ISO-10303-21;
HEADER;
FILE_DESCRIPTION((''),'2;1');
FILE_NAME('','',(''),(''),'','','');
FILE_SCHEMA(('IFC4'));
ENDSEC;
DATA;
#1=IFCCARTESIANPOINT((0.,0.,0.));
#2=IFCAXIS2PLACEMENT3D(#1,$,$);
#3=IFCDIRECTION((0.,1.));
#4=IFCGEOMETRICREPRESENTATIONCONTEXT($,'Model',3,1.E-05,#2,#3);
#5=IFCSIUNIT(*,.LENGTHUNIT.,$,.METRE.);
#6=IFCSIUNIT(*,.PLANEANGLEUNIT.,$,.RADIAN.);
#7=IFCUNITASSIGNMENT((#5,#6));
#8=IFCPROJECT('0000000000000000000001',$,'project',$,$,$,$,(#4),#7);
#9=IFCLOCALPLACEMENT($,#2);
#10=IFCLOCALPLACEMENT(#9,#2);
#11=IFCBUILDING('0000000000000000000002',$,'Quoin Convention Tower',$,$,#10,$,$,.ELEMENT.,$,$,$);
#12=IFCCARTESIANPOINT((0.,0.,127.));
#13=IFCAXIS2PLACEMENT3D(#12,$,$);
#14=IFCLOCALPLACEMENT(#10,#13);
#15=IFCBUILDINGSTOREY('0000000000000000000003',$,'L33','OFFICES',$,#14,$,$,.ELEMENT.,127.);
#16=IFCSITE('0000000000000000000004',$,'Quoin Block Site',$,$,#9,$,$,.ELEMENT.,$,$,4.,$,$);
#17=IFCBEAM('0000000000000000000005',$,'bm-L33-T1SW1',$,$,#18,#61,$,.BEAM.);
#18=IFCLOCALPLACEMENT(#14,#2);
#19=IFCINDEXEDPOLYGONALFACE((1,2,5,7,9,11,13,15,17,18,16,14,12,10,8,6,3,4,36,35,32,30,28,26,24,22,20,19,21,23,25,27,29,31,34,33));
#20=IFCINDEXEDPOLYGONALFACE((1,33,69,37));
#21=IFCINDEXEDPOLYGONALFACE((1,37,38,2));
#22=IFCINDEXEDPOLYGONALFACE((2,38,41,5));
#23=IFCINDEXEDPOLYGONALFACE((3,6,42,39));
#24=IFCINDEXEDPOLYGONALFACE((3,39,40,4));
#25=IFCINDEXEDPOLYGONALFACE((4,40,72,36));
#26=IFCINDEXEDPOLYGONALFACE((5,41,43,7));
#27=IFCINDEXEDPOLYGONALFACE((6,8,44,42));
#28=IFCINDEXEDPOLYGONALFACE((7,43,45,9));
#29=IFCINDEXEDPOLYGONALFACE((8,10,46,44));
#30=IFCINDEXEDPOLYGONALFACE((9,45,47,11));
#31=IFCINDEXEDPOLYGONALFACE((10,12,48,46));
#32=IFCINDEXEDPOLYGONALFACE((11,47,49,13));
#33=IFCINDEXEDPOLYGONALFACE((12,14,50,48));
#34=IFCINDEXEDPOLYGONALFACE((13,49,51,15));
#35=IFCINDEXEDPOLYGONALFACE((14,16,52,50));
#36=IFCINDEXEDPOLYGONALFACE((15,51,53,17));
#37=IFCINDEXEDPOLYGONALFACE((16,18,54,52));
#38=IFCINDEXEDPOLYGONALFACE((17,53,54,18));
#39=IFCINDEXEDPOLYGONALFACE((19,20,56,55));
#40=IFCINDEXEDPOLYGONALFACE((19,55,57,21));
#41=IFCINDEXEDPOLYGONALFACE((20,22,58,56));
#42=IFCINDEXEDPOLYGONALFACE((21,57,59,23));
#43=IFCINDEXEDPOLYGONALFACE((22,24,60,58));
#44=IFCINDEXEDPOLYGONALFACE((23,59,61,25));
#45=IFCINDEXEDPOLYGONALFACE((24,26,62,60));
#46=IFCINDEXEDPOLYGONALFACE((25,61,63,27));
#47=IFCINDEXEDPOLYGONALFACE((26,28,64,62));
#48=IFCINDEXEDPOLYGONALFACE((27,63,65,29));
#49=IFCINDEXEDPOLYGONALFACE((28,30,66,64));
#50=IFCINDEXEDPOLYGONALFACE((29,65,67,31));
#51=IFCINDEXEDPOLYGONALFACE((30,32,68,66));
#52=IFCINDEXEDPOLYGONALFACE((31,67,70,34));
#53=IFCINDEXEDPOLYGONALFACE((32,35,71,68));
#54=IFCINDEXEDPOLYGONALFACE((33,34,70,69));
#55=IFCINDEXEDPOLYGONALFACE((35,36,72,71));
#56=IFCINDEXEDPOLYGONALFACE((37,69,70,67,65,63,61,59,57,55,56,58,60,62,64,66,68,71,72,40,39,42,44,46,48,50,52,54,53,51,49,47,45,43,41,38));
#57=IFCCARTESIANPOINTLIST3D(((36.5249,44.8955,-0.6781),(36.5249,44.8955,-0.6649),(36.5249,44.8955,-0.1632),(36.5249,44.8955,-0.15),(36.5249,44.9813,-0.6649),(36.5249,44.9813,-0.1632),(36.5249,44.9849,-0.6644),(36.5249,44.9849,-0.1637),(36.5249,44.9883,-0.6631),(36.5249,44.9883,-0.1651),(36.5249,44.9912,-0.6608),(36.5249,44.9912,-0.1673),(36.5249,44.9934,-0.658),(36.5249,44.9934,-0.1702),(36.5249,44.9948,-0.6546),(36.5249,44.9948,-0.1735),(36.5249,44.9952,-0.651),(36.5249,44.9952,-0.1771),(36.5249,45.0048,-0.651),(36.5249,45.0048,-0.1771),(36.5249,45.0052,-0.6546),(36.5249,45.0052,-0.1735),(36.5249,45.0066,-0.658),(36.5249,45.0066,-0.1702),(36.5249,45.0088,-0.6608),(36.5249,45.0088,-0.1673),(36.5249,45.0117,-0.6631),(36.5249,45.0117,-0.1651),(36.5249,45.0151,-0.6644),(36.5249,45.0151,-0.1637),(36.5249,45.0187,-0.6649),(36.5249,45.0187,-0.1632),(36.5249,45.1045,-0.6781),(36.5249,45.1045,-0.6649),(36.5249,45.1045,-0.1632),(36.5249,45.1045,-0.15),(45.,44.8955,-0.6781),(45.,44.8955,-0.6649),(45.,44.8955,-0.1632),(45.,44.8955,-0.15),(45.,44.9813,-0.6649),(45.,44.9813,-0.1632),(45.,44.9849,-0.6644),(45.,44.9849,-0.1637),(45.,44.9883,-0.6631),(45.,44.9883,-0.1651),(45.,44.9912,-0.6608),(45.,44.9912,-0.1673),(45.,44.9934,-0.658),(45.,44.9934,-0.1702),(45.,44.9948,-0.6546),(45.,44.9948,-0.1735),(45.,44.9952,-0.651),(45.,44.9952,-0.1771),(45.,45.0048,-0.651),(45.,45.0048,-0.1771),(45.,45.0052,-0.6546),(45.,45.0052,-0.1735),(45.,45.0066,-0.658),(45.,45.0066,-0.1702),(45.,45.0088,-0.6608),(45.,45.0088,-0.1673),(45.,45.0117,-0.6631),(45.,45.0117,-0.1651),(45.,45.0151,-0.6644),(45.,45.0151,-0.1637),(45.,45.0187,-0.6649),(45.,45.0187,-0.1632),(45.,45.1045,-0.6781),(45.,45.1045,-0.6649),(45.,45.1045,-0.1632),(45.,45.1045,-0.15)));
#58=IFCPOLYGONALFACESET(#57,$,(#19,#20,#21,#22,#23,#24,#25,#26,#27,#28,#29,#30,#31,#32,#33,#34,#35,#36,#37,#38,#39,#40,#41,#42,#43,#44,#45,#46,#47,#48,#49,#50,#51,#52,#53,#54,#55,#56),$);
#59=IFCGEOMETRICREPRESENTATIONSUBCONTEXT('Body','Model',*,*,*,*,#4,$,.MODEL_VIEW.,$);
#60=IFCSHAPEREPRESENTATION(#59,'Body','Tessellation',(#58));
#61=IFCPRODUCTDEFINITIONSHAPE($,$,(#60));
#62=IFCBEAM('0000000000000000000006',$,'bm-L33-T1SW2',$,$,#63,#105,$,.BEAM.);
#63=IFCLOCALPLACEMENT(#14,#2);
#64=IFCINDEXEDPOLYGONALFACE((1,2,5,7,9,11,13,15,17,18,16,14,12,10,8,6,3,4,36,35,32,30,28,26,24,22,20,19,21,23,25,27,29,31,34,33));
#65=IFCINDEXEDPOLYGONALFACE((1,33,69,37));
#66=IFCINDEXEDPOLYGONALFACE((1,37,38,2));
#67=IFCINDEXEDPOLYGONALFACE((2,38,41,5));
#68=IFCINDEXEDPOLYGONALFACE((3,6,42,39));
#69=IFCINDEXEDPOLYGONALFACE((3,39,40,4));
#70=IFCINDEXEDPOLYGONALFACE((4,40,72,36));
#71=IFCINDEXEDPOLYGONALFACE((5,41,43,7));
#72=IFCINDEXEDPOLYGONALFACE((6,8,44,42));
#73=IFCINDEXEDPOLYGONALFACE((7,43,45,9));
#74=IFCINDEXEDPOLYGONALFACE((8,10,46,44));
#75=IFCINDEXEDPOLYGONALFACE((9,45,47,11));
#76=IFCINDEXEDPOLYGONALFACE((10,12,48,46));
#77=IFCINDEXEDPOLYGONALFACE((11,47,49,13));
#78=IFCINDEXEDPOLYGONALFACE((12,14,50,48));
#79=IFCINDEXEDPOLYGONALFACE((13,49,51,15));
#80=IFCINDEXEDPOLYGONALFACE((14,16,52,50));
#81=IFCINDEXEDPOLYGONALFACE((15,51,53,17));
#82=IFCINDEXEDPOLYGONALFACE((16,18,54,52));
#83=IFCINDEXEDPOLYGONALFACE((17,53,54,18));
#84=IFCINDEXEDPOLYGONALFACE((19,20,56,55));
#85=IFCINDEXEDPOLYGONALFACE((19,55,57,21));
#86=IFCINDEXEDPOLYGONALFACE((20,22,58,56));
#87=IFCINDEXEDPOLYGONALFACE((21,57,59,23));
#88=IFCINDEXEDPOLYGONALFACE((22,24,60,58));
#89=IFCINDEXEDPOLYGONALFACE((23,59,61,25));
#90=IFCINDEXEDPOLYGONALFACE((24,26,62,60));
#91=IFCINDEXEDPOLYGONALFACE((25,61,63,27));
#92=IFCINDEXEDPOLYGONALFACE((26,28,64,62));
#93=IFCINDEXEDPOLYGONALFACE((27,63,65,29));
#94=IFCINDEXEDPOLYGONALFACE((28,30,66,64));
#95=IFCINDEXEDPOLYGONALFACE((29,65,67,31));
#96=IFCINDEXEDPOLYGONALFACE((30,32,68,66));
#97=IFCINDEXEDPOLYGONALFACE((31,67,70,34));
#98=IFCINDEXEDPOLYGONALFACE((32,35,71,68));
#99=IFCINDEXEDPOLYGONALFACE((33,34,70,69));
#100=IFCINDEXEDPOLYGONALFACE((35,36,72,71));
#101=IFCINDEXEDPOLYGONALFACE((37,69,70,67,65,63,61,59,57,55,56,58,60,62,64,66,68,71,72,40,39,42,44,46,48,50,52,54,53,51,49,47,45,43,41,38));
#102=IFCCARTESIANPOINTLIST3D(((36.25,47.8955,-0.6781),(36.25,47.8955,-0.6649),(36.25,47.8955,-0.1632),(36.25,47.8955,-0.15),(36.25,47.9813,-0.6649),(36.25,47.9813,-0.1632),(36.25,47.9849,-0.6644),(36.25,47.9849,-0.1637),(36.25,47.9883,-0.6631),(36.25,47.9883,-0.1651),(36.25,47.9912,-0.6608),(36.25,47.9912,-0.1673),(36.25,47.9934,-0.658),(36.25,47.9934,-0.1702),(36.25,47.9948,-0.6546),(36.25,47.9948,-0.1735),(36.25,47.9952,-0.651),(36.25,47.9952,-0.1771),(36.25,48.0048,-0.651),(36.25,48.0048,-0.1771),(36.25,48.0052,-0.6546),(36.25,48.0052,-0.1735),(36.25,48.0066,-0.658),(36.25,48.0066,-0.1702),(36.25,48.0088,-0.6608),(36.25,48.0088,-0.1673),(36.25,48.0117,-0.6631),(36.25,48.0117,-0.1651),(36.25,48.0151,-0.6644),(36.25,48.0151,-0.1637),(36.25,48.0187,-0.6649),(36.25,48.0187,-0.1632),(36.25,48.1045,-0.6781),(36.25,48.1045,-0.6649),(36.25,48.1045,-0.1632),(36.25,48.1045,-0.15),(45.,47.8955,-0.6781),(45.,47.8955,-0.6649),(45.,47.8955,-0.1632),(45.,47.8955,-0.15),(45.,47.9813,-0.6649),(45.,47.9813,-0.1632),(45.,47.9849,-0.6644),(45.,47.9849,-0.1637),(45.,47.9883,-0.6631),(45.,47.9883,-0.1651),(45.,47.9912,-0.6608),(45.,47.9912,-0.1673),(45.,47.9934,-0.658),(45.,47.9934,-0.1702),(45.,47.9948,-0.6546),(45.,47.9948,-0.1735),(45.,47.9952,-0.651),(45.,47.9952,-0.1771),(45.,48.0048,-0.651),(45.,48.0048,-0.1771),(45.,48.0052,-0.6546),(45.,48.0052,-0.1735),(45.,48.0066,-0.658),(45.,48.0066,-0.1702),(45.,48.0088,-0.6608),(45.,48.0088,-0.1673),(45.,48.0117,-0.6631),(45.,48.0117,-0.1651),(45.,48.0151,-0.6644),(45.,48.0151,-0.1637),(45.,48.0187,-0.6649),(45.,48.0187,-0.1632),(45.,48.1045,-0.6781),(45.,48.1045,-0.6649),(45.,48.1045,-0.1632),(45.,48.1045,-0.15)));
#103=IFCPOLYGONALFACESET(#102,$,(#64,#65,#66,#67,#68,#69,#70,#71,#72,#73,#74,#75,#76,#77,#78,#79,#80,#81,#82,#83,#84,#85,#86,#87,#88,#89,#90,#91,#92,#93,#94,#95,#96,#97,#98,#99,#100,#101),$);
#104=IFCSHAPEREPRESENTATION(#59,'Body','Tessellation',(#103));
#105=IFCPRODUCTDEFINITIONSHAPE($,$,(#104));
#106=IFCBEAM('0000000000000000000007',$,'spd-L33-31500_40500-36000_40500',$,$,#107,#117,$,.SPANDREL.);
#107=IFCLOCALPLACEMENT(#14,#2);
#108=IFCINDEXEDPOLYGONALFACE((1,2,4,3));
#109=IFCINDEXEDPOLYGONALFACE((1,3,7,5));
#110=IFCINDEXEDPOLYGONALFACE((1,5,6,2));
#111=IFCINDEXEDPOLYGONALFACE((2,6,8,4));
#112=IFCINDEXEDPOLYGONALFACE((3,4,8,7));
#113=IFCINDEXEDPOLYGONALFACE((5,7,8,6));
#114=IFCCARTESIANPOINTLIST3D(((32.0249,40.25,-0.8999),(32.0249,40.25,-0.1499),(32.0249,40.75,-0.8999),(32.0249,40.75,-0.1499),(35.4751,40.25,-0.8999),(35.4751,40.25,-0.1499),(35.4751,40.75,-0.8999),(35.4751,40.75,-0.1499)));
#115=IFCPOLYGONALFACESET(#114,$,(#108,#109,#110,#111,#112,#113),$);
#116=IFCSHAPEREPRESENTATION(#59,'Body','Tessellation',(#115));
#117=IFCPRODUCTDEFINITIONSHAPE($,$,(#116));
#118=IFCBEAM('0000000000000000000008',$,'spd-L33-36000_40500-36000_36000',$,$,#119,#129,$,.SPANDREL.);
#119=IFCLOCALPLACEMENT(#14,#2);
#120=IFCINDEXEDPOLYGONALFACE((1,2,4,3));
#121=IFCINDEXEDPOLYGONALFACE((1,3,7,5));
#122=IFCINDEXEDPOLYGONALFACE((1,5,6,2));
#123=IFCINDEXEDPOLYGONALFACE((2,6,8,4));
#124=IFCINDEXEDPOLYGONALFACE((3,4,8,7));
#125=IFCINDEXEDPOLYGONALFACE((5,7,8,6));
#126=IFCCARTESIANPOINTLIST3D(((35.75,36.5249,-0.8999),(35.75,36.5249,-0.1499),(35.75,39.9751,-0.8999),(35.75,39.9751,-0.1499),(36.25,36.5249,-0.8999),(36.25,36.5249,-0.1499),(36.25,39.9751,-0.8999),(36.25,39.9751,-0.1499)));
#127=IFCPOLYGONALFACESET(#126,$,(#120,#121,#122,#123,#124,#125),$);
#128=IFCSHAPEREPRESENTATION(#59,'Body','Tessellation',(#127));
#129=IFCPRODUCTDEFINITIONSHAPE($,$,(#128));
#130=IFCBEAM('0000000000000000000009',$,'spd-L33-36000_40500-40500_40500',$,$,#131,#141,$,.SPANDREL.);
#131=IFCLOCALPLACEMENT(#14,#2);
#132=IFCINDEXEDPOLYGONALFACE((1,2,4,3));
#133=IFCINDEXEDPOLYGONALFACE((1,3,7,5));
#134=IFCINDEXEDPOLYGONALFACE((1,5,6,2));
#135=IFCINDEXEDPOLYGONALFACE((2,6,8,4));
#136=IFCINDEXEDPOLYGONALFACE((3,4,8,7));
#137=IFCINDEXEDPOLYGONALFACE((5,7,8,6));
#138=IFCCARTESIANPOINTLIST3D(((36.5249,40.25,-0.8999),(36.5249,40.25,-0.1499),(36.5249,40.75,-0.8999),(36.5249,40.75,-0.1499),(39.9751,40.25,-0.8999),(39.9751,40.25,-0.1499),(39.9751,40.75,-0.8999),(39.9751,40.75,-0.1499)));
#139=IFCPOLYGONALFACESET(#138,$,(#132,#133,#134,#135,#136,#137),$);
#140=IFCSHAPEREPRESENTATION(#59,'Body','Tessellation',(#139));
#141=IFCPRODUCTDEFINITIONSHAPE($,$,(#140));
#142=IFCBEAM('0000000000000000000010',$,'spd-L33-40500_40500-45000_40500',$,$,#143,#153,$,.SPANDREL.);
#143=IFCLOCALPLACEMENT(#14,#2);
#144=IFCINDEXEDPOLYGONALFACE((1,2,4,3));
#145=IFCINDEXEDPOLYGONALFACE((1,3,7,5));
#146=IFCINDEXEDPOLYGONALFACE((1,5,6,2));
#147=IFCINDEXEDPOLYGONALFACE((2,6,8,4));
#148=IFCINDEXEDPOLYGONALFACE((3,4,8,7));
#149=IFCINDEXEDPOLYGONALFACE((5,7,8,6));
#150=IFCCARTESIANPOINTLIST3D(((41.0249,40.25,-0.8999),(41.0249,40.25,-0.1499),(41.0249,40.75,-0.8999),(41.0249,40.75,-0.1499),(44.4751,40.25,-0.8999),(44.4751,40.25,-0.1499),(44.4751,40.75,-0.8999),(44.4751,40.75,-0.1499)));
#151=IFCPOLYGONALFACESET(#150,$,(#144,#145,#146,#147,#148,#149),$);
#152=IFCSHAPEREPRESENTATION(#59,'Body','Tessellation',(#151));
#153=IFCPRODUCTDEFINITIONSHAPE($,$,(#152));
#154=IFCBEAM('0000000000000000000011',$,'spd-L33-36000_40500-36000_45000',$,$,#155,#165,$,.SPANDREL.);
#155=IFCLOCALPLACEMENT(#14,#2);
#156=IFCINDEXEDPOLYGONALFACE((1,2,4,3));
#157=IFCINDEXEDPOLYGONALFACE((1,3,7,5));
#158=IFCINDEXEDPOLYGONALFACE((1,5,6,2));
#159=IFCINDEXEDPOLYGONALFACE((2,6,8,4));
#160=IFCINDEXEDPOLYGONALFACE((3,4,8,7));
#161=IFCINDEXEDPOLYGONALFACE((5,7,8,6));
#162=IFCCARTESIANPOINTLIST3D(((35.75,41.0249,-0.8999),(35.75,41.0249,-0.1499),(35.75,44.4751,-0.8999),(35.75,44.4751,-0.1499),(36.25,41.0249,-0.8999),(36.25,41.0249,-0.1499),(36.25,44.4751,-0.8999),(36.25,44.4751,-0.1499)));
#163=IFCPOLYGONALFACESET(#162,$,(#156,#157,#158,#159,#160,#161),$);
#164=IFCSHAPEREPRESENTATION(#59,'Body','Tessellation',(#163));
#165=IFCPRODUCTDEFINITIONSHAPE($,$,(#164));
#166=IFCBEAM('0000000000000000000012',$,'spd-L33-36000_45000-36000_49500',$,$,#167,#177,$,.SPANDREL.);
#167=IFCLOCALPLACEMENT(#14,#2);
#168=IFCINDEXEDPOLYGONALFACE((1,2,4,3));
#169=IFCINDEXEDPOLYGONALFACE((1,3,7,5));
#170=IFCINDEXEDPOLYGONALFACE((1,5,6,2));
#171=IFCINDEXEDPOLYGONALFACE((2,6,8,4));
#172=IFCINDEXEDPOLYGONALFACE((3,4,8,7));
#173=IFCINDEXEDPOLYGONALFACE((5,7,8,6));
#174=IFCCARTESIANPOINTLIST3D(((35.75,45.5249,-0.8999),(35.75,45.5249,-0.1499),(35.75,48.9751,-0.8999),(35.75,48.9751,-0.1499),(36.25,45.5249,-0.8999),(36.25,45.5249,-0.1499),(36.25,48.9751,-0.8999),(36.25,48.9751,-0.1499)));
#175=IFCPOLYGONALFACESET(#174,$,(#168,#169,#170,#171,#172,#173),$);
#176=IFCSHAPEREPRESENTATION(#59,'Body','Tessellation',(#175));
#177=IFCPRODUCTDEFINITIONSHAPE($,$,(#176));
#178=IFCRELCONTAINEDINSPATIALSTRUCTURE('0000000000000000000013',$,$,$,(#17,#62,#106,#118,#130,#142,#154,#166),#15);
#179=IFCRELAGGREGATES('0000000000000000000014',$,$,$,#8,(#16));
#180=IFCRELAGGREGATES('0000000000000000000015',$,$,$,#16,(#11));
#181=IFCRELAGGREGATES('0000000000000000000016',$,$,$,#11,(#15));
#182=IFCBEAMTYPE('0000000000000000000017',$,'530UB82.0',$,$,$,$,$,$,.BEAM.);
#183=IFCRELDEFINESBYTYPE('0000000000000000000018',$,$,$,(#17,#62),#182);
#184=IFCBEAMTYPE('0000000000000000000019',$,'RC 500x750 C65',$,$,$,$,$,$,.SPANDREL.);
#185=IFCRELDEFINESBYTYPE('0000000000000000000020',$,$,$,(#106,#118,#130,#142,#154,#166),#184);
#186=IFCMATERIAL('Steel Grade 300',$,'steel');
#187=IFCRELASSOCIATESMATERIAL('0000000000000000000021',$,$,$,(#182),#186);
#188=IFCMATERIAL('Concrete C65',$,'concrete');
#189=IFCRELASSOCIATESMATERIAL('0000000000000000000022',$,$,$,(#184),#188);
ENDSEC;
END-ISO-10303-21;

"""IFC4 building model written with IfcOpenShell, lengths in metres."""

from ifc_helpers import new_model, si_unit, direction, frame, origin, origin_2d, place, context, subcontext, project, spatial, rectangle, i_section, extrude, material, material_profile, profile_set, type_object, element, save


model = new_model("IFC4")

# Units and contexts
model_context = context("Model", 3, precision=1e-05, world=origin(), true_north=direction((0.0, 1.0)))
body_context = subcontext(model_context, "Body", "Model", "MODEL_VIEW")
ifc_project = project(units=[si_unit("LENGTHUNIT", "METRE"), si_unit("PLANEANGLEUNIT", "RADIAN")], contexts=[model_context])

# Site, building, storey
site_placement = place(None, origin())
site = spatial("IfcSite", under=ifc_project, at=site_placement, Name="Quoin Block Site", CompositionType="ELEMENT", RefElevation=4.0)
building_placement = place(site_placement, origin())
building = spatial("IfcBuilding", under=site, at=building_placement, Name="Quoin Convention Tower", CompositionType="ELEMENT")
storey_placement = place(building_placement, frame((0.0, 0.0, 127.0)))
storey = spatial("IfcBuildingStorey", under=building, at=storey_placement, Name="L33", Description="OFFICES", CompositionType="ELEMENT", Elevation=127.0)

# Shared definitions
ifc_material_1 = material(Name="Concrete C65", Category="concrete")

# Beams
ifc_material_2 = material(Name="Steel Grade 300", Category="steel")
ifc_material_profile_1 = material_profile(ifc_material_2, i_section(OverallWidth=0.209, OverallDepth=0.5281, WebThickness=0.0095, FlangeThickness=0.0132, FilletRadius=0.0139, at=origin_2d()), Name="530UB82.0")
ifc_profile_set_1 = profile_set([ifc_material_profile_1], Name="Steel Grade 300")
beam_type_1 = type_object("IfcBeamType", Name="530UB82.0", PredefinedType="BEAM", material=ifc_profile_set_1)
beam_1_placement = place(storey_placement, frame((36.5249, 45.0, -0.4141), z_axis=(1.0, 0.0, 0.0), x_axis=(0.0, 1.0, 0.0)))
element("IfcBeam", 1, at=beam_1_placement, inside=storey, type_object=beam_type_1, Name="bm-L33-T1SW1", PredefinedType="BEAM", context=body_context, shape_type="SweptSolid", body=[
    extrude(i_section(OverallWidth=0.209, OverallDepth=0.5281, WebThickness=0.0095, FlangeThickness=0.0132, FilletRadius=0.0139, at=origin_2d()), origin(), (0.0, 0.0, 1.0), 8.4751),
])
beam_2_placement = place(storey_placement, frame((36.25, 48.0, -0.4141), z_axis=(1.0, 0.0, 0.0), x_axis=(0.0, 1.0, 0.0)))
element("IfcBeam", 2, at=beam_2_placement, inside=storey, type_object=beam_type_1, Name="bm-L33-T1SW2", PredefinedType="BEAM", context=body_context, shape_type="SweptSolid", body=[
    extrude(i_section(OverallWidth=0.209, OverallDepth=0.5281, WebThickness=0.0095, FlangeThickness=0.0132, FilletRadius=0.0139, at=origin_2d()), origin(), (0.0, 0.0, 1.0), 8.75),
])
ifc_material_profile_2 = material_profile(ifc_material_1, rectangle(XDim=0.5, YDim=0.75, at=origin_2d()), Name="RC 500x750")
ifc_profile_set_2 = profile_set([ifc_material_profile_2], Name="Concrete C65")
beam_type_2 = type_object("IfcBeamType", Name="RC 500x750 C65", PredefinedType="SPANDREL", material=ifc_profile_set_2)
for number, where, z_axis, x_axis, name in (
    (3, (32.0249, 40.5, -0.5249), (1.0, 0.0, 0.0), (0.0, 1.0, 0.0), "spd-L33-31500_40500-36000_40500"),
    (4, (36.0, 39.9751, -0.5249), (0.0, -1.0, 0.0), (1.0, 0.0, 0.0), "spd-L33-36000_40500-36000_36000"),
    (5, (36.5249, 40.5, -0.5249), (1.0, 0.0, 0.0), (0.0, 1.0, 0.0), "spd-L33-36000_40500-40500_40500"),
    (6, (41.0249, 40.5, -0.5249), (1.0, 0.0, 0.0), (0.0, 1.0, 0.0), "spd-L33-40500_40500-45000_40500"),
    (7, (36.0, 41.0249, -0.5249), (0.0, 1.0, 0.0), (-1.0, 0.0, 0.0), "spd-L33-36000_40500-36000_45000"),
    (8, (36.0, 45.5249, -0.5249), (0.0, 1.0, 0.0), (-1.0, 0.0, 0.0), "spd-L33-36000_45000-36000_49500"),
):
    element("IfcBeam", number, at=place(storey_placement, frame(where, z_axis=z_axis, x_axis=x_axis)), inside=storey, type_object=beam_type_2, Name=name, PredefinedType="SPANDREL", context=body_context, shape_type="SweptSolid", body=[
        extrude(rectangle(XDim=0.5, YDim=0.75, at=origin_2d()), origin(), (0.0, 0.0, 1.0), 3.4502),
    ])

save(model, "model.ifc")
